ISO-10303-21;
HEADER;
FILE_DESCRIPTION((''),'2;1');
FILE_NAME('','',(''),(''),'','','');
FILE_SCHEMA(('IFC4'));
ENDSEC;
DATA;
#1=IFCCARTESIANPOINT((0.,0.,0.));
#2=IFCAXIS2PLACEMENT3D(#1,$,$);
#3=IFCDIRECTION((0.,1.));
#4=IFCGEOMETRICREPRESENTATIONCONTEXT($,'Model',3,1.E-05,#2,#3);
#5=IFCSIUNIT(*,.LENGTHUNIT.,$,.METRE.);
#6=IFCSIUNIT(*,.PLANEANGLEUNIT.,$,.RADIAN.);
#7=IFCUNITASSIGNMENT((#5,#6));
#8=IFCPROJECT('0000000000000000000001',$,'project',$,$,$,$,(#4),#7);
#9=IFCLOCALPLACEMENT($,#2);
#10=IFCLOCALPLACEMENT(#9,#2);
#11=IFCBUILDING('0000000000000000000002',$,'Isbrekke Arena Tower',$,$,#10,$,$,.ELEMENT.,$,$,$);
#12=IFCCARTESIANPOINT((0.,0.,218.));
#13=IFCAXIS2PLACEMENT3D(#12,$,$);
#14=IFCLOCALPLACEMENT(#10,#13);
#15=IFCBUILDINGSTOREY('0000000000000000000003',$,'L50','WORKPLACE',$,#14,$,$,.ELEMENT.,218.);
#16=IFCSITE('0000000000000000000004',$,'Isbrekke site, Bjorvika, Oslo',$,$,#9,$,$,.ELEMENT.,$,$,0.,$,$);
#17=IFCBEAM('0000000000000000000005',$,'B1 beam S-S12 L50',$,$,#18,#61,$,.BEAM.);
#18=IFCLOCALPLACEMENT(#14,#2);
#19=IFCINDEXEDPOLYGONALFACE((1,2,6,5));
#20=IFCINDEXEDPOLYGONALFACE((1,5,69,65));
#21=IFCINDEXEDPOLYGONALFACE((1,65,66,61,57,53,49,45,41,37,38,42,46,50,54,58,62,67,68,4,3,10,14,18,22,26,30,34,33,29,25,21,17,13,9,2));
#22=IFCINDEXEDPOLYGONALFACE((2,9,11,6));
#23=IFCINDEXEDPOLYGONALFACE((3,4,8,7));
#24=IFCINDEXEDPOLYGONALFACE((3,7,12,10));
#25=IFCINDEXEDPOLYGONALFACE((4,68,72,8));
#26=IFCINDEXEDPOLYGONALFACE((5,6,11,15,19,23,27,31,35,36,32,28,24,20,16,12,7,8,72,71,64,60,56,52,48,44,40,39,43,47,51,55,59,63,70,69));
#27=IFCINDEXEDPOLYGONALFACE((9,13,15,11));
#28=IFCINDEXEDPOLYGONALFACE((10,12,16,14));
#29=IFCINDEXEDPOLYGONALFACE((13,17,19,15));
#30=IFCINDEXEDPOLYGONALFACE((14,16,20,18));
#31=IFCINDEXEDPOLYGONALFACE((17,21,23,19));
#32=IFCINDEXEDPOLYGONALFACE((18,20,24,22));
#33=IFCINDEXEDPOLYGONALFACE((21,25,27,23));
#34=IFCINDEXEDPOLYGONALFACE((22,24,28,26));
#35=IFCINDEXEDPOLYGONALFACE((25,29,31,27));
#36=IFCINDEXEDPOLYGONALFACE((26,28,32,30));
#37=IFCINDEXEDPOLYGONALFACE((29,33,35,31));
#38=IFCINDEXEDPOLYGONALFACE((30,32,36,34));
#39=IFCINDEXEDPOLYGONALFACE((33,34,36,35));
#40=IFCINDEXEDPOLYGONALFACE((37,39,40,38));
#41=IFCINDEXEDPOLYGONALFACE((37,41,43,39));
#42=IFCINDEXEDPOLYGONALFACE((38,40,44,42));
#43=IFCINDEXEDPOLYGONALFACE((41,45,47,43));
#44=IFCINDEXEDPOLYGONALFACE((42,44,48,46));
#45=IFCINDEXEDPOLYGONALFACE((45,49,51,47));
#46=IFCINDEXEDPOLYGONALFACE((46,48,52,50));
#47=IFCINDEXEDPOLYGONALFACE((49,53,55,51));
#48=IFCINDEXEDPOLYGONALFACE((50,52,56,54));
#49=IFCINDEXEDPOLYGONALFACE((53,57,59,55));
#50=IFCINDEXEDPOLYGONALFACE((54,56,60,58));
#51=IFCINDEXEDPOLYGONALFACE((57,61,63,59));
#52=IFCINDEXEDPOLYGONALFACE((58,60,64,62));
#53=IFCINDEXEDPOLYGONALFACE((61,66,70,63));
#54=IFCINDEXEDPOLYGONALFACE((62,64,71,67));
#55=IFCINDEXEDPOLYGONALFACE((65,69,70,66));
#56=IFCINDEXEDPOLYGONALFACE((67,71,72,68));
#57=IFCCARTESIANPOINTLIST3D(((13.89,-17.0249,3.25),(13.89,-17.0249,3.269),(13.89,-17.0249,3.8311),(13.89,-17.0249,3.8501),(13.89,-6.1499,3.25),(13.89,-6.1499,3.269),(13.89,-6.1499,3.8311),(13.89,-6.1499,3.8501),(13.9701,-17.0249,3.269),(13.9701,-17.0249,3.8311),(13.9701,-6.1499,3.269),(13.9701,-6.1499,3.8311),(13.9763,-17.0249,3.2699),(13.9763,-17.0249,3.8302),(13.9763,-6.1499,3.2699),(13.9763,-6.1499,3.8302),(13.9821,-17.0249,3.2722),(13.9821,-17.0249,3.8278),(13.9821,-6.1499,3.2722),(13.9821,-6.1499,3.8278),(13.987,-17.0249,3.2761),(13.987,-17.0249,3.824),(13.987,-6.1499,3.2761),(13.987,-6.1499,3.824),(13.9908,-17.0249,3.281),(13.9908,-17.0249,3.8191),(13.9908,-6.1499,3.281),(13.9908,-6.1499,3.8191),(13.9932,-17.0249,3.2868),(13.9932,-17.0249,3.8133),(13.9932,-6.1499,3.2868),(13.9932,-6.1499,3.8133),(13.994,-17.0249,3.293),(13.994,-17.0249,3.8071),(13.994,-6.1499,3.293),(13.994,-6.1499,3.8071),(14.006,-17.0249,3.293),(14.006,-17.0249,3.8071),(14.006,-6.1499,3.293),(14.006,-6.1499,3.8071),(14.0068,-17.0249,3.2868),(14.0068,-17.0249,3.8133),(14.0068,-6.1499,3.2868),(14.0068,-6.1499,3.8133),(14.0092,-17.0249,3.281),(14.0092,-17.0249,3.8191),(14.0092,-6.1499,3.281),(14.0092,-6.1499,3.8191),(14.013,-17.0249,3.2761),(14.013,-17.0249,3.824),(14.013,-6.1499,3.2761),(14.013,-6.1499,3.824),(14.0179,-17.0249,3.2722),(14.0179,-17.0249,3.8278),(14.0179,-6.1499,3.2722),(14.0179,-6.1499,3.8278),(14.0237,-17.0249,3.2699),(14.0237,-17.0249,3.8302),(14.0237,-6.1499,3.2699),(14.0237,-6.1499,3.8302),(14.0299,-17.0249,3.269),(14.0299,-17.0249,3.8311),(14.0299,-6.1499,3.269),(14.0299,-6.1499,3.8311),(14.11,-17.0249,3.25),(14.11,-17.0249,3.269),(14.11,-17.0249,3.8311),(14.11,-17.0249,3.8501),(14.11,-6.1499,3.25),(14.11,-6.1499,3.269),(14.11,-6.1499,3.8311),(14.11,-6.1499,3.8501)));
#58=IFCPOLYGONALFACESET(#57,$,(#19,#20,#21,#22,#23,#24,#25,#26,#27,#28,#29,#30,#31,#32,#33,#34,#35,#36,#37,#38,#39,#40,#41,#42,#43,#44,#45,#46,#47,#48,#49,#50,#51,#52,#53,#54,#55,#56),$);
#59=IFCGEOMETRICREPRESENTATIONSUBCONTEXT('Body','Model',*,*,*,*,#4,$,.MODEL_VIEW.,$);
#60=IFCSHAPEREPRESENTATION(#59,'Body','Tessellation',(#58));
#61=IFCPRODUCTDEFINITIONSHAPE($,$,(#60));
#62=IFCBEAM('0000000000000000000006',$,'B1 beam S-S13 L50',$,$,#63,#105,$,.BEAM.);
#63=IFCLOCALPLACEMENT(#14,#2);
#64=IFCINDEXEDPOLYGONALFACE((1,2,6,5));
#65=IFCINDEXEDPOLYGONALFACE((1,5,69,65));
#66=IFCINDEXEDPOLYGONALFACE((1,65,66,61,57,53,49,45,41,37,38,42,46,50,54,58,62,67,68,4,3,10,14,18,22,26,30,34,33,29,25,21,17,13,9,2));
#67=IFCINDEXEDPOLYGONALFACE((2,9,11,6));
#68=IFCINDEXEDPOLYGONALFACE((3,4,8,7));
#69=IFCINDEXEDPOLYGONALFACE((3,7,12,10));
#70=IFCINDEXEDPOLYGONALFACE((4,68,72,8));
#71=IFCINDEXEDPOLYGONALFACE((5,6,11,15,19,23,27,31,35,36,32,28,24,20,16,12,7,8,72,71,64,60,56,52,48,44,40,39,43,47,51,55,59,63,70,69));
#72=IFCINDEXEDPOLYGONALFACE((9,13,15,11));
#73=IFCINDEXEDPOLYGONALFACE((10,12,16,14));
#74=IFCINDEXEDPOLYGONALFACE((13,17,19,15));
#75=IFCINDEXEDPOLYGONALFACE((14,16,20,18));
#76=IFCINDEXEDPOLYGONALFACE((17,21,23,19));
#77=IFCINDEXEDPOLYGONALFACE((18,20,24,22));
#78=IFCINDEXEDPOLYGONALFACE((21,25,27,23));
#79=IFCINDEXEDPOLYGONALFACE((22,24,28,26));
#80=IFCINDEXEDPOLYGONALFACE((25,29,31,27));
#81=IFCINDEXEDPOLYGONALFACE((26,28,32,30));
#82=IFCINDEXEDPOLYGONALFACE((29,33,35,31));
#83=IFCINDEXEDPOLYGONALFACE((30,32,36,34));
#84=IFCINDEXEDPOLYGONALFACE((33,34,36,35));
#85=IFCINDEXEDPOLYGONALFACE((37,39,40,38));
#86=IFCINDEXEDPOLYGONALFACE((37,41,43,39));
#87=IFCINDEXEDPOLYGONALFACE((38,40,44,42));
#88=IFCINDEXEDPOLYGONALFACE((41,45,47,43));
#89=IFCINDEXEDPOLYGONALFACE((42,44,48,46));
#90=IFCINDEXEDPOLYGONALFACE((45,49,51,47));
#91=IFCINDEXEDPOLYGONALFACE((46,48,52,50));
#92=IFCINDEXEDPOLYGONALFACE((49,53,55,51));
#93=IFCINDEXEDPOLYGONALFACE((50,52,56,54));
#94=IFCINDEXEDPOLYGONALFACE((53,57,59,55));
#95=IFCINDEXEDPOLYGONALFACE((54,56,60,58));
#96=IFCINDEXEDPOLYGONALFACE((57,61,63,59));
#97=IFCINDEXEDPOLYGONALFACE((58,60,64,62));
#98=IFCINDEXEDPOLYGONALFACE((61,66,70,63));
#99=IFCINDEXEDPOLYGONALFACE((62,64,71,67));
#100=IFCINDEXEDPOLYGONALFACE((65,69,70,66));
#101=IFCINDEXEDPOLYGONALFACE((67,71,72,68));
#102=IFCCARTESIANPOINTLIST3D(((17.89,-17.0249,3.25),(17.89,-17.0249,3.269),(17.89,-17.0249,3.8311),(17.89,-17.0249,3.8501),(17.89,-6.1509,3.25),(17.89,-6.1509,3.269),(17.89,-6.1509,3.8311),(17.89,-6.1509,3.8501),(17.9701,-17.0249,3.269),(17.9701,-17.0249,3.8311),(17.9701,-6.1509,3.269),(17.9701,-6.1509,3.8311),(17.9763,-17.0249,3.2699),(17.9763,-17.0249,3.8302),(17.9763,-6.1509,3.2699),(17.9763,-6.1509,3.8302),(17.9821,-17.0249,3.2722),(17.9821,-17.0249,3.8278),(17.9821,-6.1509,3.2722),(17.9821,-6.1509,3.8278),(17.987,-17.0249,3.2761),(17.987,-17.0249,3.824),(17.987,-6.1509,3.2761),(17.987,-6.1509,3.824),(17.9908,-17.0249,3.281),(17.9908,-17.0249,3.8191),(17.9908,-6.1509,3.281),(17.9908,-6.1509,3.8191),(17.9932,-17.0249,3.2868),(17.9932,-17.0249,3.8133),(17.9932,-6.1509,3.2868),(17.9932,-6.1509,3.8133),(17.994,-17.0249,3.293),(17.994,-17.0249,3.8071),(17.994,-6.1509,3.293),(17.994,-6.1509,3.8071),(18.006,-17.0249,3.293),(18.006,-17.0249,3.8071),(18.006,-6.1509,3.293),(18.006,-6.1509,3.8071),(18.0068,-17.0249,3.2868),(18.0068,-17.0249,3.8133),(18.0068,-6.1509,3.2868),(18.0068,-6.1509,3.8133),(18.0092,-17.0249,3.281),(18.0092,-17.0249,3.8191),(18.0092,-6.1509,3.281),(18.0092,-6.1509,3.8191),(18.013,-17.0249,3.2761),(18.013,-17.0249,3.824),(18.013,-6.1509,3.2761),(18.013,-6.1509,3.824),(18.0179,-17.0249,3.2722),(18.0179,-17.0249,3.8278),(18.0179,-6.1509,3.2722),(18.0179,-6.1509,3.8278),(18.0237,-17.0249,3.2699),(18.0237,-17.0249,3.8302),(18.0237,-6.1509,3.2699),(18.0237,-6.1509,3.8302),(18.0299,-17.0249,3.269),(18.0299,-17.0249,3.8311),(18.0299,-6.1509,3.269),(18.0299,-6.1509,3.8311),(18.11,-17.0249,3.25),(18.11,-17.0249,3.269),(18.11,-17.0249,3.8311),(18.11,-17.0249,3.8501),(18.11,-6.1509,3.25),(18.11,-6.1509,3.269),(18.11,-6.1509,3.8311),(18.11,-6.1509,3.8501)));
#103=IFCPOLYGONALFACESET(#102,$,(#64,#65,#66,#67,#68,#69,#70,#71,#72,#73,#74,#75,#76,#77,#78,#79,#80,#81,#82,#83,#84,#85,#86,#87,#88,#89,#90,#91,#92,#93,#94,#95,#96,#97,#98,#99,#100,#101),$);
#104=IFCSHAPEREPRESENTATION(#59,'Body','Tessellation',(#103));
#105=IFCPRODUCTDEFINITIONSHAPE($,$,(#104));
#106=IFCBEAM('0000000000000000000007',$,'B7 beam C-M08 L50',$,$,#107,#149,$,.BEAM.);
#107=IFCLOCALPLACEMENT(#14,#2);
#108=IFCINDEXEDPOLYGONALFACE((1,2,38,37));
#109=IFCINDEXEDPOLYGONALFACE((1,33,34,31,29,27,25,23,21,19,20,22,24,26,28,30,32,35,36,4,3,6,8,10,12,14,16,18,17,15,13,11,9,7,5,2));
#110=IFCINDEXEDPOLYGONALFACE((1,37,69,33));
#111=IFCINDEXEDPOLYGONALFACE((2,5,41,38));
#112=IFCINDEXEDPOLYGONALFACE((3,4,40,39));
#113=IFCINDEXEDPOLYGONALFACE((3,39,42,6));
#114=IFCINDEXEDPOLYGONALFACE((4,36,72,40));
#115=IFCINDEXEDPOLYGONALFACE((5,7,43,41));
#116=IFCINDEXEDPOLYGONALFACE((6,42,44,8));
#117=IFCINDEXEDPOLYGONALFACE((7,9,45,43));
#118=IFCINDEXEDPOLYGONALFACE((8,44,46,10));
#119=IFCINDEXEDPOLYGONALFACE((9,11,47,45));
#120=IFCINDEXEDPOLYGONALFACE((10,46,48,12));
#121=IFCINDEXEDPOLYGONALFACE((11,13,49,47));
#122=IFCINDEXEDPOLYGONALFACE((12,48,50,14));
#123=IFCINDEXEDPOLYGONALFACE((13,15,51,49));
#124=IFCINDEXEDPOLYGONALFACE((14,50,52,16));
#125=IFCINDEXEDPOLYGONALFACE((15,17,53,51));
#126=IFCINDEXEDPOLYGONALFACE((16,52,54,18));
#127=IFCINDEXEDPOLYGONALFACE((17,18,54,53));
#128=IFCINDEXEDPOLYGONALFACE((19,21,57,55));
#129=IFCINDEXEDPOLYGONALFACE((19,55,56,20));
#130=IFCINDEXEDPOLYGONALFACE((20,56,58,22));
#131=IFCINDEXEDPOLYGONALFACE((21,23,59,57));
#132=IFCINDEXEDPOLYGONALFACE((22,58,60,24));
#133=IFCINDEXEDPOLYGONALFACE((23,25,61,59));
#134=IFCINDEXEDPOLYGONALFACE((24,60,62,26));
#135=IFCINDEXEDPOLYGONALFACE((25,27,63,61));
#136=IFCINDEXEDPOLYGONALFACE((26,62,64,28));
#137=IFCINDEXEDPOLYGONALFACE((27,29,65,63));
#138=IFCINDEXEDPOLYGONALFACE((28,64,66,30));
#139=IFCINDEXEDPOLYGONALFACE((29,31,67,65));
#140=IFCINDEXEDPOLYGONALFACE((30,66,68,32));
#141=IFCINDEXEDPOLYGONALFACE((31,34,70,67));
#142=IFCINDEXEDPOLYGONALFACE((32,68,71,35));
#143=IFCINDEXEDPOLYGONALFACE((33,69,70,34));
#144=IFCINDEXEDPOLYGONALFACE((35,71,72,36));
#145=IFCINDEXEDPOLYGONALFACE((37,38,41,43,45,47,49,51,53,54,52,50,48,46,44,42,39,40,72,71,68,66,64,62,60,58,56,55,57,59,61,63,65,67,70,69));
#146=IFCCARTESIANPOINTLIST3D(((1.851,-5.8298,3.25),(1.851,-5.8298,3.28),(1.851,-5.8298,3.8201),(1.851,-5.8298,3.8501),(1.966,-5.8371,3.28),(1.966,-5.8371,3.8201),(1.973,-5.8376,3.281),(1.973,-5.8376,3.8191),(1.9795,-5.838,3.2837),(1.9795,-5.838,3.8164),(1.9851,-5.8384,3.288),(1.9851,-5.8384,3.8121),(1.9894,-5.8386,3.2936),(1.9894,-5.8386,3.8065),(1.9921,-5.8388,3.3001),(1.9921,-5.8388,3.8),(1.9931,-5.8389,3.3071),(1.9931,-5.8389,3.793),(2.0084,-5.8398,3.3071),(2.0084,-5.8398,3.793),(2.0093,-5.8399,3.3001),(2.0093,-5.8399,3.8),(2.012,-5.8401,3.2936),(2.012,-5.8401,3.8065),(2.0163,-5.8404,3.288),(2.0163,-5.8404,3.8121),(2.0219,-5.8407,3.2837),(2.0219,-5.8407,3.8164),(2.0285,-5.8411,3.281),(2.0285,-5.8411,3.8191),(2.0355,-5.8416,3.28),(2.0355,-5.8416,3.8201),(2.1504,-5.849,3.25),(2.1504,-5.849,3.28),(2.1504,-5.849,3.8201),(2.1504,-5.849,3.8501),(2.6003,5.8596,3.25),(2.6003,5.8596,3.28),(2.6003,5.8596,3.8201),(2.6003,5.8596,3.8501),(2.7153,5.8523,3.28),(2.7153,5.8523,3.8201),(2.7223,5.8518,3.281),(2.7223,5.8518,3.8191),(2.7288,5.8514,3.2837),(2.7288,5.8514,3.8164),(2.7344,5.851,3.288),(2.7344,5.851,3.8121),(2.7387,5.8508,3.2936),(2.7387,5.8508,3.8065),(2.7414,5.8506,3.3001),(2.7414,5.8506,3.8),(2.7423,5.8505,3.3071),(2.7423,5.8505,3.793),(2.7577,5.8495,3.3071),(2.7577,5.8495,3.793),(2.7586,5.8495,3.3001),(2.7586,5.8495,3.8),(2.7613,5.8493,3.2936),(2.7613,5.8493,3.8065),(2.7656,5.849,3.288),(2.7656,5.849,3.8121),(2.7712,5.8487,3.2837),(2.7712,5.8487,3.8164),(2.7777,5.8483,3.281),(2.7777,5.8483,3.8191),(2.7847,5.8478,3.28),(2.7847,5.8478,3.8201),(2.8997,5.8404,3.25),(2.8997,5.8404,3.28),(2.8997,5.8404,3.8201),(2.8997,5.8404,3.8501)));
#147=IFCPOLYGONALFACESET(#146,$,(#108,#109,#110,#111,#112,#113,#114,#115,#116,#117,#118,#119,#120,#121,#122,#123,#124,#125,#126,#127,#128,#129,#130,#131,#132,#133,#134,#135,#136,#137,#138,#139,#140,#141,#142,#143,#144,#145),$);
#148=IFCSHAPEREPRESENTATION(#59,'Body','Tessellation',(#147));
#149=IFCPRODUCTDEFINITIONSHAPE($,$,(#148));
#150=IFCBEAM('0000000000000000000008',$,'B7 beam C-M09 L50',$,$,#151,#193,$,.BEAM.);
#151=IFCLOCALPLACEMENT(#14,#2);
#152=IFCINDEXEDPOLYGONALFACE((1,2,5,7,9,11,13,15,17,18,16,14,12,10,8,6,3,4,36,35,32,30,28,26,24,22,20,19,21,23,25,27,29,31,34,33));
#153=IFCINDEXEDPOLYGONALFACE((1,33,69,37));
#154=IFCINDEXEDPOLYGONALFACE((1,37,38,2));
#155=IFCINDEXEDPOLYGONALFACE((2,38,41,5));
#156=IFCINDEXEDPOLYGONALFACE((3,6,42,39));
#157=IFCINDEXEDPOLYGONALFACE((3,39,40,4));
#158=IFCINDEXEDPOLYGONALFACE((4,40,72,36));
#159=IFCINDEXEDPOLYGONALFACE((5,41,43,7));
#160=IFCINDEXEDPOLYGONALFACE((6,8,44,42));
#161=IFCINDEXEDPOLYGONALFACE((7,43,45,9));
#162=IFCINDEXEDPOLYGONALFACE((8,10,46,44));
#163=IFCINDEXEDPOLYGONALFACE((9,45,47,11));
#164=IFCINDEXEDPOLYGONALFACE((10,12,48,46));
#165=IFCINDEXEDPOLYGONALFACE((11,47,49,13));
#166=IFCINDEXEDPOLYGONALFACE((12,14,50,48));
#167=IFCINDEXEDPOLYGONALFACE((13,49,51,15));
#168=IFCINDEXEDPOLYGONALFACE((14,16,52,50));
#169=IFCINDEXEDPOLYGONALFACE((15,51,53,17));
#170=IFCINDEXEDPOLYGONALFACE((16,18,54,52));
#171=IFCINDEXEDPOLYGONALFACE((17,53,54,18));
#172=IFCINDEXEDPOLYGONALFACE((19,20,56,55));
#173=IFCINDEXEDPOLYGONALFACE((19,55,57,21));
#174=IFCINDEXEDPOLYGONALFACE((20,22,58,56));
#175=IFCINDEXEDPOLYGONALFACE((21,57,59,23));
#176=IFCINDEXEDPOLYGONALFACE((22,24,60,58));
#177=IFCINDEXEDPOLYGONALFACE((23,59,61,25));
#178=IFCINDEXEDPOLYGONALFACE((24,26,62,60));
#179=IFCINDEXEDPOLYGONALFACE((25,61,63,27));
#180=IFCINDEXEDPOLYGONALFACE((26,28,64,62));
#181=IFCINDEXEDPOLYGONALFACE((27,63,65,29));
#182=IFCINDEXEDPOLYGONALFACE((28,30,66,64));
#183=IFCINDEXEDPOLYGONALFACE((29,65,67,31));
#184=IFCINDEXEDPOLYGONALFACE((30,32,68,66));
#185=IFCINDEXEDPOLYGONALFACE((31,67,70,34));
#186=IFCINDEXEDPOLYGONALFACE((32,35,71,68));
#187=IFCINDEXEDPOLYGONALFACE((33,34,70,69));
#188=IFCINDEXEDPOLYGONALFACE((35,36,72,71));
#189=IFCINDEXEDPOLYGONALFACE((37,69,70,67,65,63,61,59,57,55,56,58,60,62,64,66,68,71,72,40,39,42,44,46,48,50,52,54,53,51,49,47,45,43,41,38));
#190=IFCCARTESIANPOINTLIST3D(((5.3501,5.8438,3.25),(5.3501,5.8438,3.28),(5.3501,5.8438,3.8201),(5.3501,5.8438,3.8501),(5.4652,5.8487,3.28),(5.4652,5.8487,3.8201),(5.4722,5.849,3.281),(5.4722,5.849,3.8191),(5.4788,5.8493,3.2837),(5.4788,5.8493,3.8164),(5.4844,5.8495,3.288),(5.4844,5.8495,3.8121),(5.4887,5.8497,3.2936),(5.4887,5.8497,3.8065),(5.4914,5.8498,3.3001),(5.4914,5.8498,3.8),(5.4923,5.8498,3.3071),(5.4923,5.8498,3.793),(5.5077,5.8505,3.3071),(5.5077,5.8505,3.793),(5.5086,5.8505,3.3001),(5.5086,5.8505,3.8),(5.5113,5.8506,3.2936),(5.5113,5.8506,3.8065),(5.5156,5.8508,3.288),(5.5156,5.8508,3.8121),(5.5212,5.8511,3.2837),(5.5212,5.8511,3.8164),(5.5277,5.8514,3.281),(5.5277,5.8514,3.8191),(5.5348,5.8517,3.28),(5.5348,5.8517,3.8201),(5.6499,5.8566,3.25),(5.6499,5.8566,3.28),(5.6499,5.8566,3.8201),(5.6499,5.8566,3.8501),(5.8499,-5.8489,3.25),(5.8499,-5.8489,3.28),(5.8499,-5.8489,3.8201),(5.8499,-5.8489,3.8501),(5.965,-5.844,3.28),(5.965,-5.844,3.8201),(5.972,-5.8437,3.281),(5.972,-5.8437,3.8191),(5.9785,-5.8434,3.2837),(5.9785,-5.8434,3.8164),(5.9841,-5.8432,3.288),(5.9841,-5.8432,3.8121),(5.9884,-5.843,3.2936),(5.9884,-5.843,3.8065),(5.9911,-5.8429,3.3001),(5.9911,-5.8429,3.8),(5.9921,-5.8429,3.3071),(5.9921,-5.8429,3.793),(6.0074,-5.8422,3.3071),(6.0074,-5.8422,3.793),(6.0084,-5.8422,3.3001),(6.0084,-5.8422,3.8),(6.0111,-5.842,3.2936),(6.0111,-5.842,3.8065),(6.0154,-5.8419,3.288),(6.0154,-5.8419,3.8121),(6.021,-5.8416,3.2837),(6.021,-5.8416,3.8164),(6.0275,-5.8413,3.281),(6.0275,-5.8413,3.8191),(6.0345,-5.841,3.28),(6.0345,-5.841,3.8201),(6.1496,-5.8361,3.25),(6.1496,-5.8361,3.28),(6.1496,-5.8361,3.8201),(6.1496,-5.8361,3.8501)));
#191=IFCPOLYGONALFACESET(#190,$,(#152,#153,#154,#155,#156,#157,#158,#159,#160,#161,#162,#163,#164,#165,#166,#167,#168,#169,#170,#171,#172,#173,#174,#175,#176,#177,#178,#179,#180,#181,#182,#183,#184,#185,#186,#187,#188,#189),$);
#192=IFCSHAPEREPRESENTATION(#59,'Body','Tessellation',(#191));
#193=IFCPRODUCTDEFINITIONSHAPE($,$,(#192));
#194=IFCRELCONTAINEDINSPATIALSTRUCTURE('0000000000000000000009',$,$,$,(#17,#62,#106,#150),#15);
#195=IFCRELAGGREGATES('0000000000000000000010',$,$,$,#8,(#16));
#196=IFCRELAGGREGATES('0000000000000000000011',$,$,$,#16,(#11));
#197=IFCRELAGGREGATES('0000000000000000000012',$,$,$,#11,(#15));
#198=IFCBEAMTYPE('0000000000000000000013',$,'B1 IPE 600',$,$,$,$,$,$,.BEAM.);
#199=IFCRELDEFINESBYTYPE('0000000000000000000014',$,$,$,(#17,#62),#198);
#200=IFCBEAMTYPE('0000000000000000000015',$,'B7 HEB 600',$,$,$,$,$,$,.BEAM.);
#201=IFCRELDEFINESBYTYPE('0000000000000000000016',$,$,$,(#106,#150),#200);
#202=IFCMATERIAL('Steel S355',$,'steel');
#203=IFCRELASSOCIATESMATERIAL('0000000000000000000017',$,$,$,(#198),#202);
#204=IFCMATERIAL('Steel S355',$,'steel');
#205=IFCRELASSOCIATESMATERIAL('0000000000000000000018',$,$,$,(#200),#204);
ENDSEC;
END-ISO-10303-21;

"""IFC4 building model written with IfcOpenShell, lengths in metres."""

from ifc_helpers import new_model, si_unit, direction, frame, origin, origin_2d, place, context, subcontext, project, spatial, i_section, extrude, material, material_profile, profile_set, type_object, element, save


model = new_model("IFC4")

# Units and contexts
model_context = context("Model", 3, precision=1e-05, world=origin(), true_north=direction((0.0, 1.0)))
body_context = subcontext(model_context, "Body", "Model", "MODEL_VIEW")
ifc_project = project(units=[si_unit("LENGTHUNIT", "METRE"), si_unit("PLANEANGLEUNIT", "RADIAN")], contexts=[model_context])

# Site, building, storey
site_placement = place(None, origin())
site = spatial("IfcSite", under=ifc_project, at=site_placement, Name="Isbrekke site, Bjorvika, Oslo", CompositionType="ELEMENT", RefElevation=0.0)
building_placement = place(site_placement, origin())
building = spatial("IfcBuilding", under=site, at=building_placement, Name="Isbrekke Arena Tower", CompositionType="ELEMENT")
storey_placement = place(building_placement, frame((0.0, 0.0, 218.0)))
storey = spatial("IfcBuildingStorey", under=building, at=storey_placement, Name="L50", Description="WORKPLACE", CompositionType="ELEMENT", Elevation=218.0)

# Beams
ifc_material_1 = material(Name="Steel S355", Category="steel")
ifc_material_profile_1 = material_profile(ifc_material_1, i_section(OverallWidth=0.22, OverallDepth=0.6001, WebThickness=0.012, FlangeThickness=0.019, FilletRadius=0.0239, at=origin_2d()), Name="IPE 600")
ifc_profile_set_1 = profile_set([ifc_material_profile_1], Name="Steel S355")
beam_type_1 = type_object("IfcBeamType", Name="B1 IPE 600", PredefinedType="BEAM", material=ifc_profile_set_1)
beam_1_placement = place(storey_placement, frame((14.0, -17.0249, 3.55), z_axis=(0.0, 1.0, 0.0), x_axis=(-1.0, 0.0, 0.0)))
element("IfcBeam", 1, at=beam_1_placement, inside=storey, type_object=beam_type_1, Name="B1 beam S-S12 L50", PredefinedType="BEAM", context=body_context, shape_type="SweptSolid", body=[
    extrude(i_section(OverallWidth=0.22, OverallDepth=0.6001, WebThickness=0.012, FlangeThickness=0.019, FilletRadius=0.0239, at=origin_2d()), origin(), (0.0, 0.0, 1.0), 10.875),
])
beam_2_placement = place(storey_placement, frame((18.0, -17.0249, 3.55), z_axis=(0.0, 1.0, 0.0), x_axis=(-1.0, 0.0, 0.0)))
element("IfcBeam", 2, at=beam_2_placement, inside=storey, type_object=beam_type_1, Name="B1 beam S-S13 L50", PredefinedType="BEAM", context=body_context, shape_type="SweptSolid", body=[
    extrude(i_section(OverallWidth=0.22, OverallDepth=0.6001, WebThickness=0.012, FlangeThickness=0.019, FilletRadius=0.0239, at=origin_2d()), origin(), (0.0, 0.0, 1.0), 10.874),
])
ifc_material_2 = material(Name="Steel S355", Category="steel")
ifc_material_profile_2 = material_profile(ifc_material_2, i_section(OverallWidth=0.3, OverallDepth=0.6001, WebThickness=0.0154, FlangeThickness=0.03, FilletRadius=0.0271, at=origin_2d()), Name="HEB 600")
ifc_profile_set_2 = profile_set([ifc_material_profile_2], Name="Steel S355")
beam_type_2 = type_object("IfcBeamType", Name="B7 HEB 600", PredefinedType="BEAM", material=ifc_profile_set_2)
beam_3_placement = place(storey_placement, frame((2.0007, -5.8394, 3.55), z_axis=(0.063966, 0.997952, 0.0), x_axis=(-0.997952, 0.063966, 0.0)))
element("IfcBeam", 3, at=beam_3_placement, inside=storey, type_object=beam_type_2, Name="B7 beam C-M08 L50", PredefinedType="BEAM", context=body_context, shape_type="SweptSolid", body=[
    extrude(i_section(OverallWidth=0.3, OverallDepth=0.6001, WebThickness=0.0154, FlangeThickness=0.03, FilletRadius=0.0271, at=origin_2d()), origin(), (0.0, 0.0, 1.0), 11.7134),
])
beam_4_placement = place(storey_placement, frame((5.9998, -5.8425, 3.55), z_axis=(-0.042702, 0.999088, 0.0), x_axis=(-0.999088, -0.042702, 0.0)))
element("IfcBeam", 4, at=beam_4_placement, inside=storey, type_object=beam_type_2, Name="B7 beam C-M09 L50", PredefinedType="BEAM", context=body_context, shape_type="SweptSolid", body=[
    extrude(i_section(OverallWidth=0.3, OverallDepth=0.6001, WebThickness=0.0154, FlangeThickness=0.03, FilletRadius=0.0271, at=origin_2d()), origin(), (0.0, 0.0, 1.0), 11.7034),
])

save(model, "model.ifc")
